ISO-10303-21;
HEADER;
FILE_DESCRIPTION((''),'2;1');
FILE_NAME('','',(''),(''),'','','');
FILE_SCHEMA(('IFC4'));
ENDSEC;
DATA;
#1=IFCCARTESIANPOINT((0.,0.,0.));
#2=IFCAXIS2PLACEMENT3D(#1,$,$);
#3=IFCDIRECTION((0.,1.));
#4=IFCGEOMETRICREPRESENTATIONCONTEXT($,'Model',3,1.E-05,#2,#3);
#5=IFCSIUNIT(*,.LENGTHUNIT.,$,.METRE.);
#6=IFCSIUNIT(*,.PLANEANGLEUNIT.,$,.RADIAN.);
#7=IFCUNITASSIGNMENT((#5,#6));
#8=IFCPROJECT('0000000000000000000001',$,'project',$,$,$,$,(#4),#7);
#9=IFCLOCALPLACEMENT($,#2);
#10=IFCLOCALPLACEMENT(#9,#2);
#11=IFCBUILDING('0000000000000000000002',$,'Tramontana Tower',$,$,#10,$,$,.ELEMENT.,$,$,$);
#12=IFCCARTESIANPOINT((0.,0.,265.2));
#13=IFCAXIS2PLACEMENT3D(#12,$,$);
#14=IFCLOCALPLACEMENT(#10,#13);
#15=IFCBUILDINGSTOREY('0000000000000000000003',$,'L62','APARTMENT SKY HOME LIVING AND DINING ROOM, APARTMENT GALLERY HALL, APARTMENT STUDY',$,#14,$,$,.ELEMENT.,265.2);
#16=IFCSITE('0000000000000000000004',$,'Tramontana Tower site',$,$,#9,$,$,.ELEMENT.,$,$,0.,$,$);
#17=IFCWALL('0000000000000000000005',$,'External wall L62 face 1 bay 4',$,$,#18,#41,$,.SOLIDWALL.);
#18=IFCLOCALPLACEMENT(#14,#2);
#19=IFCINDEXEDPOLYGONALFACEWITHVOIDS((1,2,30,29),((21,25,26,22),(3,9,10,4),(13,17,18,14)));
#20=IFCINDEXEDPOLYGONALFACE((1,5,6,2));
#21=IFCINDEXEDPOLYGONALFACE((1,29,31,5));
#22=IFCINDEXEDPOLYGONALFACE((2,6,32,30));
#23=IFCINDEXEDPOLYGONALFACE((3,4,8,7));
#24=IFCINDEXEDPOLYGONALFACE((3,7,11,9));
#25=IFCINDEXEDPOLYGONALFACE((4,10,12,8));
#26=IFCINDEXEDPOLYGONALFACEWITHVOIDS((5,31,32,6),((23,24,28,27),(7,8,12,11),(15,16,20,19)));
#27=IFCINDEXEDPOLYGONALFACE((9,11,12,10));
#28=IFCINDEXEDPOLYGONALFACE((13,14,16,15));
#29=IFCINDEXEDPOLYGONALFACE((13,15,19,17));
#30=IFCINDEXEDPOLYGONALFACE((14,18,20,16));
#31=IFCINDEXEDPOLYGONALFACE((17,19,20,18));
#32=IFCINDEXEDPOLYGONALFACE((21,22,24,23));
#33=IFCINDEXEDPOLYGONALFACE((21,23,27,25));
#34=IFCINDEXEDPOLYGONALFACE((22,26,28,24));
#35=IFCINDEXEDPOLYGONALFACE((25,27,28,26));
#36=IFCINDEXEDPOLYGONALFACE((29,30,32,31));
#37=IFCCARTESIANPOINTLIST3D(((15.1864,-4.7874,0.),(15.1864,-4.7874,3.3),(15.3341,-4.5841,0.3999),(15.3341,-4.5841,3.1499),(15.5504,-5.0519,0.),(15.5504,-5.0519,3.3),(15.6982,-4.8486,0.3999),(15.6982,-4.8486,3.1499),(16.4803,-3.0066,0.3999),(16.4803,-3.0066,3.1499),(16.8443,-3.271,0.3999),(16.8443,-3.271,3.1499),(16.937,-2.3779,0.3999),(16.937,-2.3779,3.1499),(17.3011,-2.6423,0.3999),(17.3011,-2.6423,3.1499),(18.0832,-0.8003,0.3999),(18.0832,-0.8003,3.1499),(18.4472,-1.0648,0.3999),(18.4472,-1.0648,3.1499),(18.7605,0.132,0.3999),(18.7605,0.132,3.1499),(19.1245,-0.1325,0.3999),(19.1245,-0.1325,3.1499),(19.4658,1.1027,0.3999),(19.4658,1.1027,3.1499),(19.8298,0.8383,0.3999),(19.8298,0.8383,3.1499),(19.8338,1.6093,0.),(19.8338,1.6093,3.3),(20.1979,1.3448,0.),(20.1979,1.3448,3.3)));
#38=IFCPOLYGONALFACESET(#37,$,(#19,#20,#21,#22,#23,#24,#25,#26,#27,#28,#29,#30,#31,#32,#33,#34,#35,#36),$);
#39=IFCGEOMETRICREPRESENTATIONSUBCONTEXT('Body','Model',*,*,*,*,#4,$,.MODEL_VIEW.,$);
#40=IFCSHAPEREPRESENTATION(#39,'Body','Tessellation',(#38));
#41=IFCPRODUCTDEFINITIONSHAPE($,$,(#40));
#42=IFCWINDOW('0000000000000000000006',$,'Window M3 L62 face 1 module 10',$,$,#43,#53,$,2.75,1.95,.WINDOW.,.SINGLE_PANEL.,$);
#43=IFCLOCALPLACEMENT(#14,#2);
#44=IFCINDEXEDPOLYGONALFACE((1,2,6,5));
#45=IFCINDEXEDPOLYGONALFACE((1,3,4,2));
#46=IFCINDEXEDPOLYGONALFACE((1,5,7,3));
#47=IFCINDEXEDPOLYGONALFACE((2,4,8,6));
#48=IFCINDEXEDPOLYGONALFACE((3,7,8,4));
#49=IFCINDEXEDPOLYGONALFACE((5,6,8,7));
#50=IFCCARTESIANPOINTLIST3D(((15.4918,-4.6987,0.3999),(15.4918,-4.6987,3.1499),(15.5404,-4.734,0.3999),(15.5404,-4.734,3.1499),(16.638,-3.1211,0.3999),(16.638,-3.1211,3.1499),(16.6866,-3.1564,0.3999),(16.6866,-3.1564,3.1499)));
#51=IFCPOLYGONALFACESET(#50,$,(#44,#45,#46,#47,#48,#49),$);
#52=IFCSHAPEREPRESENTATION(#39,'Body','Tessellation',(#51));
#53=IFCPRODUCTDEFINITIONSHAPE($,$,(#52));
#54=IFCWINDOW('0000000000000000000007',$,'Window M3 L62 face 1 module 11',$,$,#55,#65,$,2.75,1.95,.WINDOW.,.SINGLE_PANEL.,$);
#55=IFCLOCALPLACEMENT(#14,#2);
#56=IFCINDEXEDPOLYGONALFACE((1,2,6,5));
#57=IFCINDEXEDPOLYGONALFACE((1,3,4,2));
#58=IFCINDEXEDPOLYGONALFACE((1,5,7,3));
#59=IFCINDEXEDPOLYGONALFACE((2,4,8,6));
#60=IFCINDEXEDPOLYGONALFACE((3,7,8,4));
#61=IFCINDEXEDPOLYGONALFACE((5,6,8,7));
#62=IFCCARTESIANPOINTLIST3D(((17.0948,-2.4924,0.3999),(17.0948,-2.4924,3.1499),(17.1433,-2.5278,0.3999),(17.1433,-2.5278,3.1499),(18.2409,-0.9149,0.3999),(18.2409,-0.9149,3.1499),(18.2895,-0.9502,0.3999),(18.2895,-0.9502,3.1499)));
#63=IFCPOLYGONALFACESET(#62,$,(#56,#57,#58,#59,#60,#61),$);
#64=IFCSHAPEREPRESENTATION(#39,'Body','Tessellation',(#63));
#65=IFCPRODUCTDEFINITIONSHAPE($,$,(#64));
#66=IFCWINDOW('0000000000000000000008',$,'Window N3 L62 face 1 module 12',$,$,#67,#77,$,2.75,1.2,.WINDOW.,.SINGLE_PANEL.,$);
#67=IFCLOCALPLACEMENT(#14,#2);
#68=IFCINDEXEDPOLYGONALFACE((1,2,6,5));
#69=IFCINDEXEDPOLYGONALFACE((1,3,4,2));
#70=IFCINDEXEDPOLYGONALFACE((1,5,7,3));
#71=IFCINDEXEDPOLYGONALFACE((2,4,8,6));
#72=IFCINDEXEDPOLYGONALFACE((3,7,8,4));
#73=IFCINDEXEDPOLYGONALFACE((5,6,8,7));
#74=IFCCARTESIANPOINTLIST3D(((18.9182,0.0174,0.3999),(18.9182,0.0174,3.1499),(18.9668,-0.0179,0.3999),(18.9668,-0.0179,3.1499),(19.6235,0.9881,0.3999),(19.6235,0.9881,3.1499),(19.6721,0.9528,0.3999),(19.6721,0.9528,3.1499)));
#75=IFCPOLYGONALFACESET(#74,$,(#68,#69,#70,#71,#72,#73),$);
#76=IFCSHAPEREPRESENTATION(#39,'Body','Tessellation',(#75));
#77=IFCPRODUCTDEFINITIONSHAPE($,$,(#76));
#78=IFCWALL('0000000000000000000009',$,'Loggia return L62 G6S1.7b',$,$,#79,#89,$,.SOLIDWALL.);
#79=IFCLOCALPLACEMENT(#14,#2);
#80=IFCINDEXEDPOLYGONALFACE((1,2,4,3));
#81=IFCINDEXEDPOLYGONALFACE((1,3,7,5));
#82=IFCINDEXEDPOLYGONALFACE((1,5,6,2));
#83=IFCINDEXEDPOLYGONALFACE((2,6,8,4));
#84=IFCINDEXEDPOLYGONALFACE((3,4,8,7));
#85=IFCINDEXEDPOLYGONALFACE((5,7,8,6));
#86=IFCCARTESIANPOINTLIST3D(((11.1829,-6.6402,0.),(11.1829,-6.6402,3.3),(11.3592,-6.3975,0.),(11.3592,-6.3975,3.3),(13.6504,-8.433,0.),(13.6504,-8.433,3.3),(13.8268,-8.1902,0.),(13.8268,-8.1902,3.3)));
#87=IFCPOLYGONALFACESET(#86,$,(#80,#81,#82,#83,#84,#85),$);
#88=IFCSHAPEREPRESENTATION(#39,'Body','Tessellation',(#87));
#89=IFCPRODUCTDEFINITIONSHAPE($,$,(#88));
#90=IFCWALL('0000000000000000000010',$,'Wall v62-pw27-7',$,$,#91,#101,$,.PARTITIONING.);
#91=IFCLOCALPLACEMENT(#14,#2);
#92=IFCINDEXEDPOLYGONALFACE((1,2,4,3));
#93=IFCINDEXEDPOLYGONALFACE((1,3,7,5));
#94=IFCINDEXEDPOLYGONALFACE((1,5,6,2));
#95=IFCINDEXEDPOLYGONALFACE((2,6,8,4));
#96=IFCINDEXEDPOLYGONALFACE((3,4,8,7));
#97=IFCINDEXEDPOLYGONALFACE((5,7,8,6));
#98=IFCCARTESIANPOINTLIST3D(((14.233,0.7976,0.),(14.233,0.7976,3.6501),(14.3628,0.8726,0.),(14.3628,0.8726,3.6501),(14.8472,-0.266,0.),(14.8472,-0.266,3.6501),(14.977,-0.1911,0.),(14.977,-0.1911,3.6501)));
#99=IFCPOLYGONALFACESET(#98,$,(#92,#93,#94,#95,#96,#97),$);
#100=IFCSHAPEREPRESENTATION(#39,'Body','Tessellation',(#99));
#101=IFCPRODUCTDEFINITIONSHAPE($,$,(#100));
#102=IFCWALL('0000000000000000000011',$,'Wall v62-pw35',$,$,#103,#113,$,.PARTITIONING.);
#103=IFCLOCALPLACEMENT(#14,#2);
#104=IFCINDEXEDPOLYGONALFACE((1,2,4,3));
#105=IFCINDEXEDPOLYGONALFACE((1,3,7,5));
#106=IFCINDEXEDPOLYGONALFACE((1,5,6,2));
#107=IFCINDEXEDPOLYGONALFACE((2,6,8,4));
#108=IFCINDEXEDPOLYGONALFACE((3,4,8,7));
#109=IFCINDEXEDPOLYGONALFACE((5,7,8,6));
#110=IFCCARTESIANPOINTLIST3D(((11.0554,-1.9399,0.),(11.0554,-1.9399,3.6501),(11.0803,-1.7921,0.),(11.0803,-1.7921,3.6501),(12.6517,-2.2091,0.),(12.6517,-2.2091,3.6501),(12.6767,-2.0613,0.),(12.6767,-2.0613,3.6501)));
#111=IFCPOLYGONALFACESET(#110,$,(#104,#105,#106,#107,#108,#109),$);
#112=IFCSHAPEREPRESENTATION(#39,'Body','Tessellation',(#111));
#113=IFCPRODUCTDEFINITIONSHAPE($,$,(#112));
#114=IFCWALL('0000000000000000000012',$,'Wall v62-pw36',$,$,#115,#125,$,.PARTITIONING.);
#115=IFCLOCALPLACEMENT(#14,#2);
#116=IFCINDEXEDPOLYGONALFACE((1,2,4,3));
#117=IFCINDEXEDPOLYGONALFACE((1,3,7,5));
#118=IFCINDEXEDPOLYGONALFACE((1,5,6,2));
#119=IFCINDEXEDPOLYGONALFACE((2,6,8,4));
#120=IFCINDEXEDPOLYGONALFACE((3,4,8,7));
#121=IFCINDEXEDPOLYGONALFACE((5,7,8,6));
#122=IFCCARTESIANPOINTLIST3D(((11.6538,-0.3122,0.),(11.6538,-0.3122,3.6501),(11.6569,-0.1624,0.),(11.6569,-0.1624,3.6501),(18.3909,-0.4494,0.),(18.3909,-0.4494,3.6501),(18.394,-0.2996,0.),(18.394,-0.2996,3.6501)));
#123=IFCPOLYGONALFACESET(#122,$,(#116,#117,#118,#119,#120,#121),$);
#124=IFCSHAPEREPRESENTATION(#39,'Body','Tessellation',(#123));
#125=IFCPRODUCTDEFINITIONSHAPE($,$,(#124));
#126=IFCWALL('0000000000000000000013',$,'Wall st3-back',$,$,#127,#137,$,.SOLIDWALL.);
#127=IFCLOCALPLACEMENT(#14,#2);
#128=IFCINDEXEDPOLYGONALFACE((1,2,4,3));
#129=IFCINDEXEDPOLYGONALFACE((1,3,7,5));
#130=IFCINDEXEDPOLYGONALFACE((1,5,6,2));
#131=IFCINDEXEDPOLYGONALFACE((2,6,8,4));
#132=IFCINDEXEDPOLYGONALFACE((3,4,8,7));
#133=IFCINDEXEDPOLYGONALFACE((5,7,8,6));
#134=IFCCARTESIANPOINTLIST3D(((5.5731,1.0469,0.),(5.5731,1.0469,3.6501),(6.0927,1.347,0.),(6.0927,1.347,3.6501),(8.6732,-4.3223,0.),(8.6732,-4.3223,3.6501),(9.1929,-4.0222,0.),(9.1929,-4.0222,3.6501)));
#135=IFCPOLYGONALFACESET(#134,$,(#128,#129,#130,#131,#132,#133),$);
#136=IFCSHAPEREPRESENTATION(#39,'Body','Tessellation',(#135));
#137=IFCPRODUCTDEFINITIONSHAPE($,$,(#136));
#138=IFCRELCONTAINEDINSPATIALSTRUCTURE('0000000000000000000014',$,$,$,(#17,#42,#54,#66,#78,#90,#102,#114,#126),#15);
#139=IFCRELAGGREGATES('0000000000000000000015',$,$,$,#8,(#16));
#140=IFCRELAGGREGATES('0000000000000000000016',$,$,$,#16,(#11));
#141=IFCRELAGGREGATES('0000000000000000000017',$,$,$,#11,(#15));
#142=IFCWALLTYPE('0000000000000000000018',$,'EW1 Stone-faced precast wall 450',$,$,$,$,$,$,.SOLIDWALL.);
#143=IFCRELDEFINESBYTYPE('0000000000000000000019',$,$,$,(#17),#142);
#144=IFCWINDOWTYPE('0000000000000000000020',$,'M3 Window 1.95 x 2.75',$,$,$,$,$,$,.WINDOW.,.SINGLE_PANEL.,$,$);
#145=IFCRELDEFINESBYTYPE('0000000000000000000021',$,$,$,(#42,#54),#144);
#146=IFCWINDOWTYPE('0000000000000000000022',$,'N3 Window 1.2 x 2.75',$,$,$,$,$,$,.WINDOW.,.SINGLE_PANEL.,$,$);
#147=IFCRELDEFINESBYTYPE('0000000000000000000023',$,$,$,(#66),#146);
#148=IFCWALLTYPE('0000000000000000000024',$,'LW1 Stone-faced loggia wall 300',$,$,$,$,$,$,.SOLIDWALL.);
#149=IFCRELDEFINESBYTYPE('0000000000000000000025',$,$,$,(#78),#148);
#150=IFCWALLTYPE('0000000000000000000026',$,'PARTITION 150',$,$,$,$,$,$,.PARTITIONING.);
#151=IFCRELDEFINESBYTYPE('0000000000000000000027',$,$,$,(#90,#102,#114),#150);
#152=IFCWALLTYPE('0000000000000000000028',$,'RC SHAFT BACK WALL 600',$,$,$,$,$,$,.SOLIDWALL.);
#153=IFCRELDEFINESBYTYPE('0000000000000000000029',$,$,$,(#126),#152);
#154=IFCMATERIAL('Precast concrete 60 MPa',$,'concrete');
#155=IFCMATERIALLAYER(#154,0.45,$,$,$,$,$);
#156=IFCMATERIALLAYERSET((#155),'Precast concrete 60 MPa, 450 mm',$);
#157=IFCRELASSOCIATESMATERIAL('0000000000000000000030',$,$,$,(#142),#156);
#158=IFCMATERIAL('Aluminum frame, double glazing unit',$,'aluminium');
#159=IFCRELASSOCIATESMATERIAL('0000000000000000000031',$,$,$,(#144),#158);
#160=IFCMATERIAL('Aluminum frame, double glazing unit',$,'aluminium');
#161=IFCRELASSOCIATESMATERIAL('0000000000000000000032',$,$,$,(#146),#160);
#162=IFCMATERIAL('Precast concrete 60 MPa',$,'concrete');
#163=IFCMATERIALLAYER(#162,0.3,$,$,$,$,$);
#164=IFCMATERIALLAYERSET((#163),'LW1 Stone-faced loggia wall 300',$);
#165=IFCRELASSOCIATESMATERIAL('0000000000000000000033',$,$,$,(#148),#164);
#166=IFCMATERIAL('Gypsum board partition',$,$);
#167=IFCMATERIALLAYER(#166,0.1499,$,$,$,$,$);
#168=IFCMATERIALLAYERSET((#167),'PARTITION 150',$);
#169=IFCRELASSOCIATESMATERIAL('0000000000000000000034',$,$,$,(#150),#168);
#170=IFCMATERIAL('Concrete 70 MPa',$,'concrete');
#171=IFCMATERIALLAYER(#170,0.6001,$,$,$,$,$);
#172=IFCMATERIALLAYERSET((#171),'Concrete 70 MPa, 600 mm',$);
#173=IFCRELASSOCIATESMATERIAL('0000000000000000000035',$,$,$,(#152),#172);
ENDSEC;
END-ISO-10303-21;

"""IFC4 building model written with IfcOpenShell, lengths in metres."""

from ifc_helpers import new_model, si_unit, direction, frame, frame_2d, origin, place, context, subcontext, project, spatial, rectangle, extrude, material, layer, layer_set, type_object, element, fill, save


model = new_model("IFC4")

# Units and contexts
model_context = context("Model", 3, precision=1e-05, world=origin(), true_north=direction((0.0, 1.0)))
body_context = subcontext(model_context, "Body", "Model", "MODEL_VIEW")
ifc_project = project(units=[si_unit("LENGTHUNIT", "METRE"), si_unit("PLANEANGLEUNIT", "RADIAN")], contexts=[model_context])

# Site, building, storey
site_placement = place(None, origin())
site = spatial("IfcSite", under=ifc_project, at=site_placement, Name="Tramontana Tower site", CompositionType="ELEMENT", RefElevation=0.0)
building_placement = place(site_placement, origin())
building = spatial("IfcBuilding", under=site, at=building_placement, Name="Tramontana Tower", CompositionType="ELEMENT")
storey_placement = place(building_placement, frame((0.0, 0.0, 265.2)))
storey = spatial("IfcBuildingStorey", under=building, at=storey_placement, Name="L62", Description="APARTMENT SKY HOME LIVING AND DINING ROOM, APARTMENT GALLERY HALL, APARTMENT STUDY", CompositionType="ELEMENT", Elevation=265.2)

# Shared definitions
ifc_material_1 = material(Name="Precast concrete 60 MPa", Category="concrete")
ifc_layer_1 = layer(ifc_material_1, 0.45)
ifc_layer_set_1 = layer_set([ifc_layer_1], Name="Precast concrete 60 MPa, 450 mm")
wall_type_1 = type_object("IfcWallType", Name="EW1 Stone-faced precast wall 450", PredefinedType="SOLIDWALL", material=ifc_layer_set_1)
ifc_material_2 = material(Name="Aluminum frame, double glazing unit", Category="aluminium")
window_type_1 = type_object("IfcWindowType", Name="M3 Window 1.95 x 2.75", PartitioningType="SINGLE_PANEL", PredefinedType="WINDOW", material=ifc_material_2)

# Wall, openings, windows
wall_1_placement = place(storey_placement, frame((15.3684, -4.9197, 0.0), z_axis=(0.0, 0.0, 1.0), x_axis=(0.587782, 0.809019, 0.0)))
wall_1 = element("IfcWall", 1, at=wall_1_placement, inside=storey, type_object=wall_type_1, Name="External wall L62 face 1 bay 4", PredefinedType="SOLIDWALL", context=body_context, shape_type="SweptSolid", body=[
    extrude(rectangle(XDim=7.9067, YDim=0.45, at=frame_2d((3.9534, 0.0))), origin(), (0.0, 0.0, 1.0), 3.3),
])
opening_1_placement = place(wall_1_placement, frame((0.2512, 0.0, 0.3999)))
opening_1 = element("IfcOpeningElement", 2, at=opening_1_placement, cuts=wall_1, PredefinedType="OPENING", context=body_context, shape_type="SweptSolid", body=[
    extrude(rectangle(XDim=1.95, YDim=2.75, at=frame_2d((0.9751, 1.375))), frame((0.0, 0.2349, 0.0), z_axis=(0.0, -1.0, 0.0), x_axis=(1.0, 0.0, 0.0)), (0.0, 0.0, 1.0), 0.47),
])
opening_2_placement = place(wall_1_placement, frame((2.9783, 0.0, 0.3999)))
opening_2 = element("IfcOpeningElement", 3, at=opening_2_placement, cuts=wall_1, PredefinedType="OPENING", context=body_context, shape_type="SweptSolid", body=[
    extrude(rectangle(XDim=1.95, YDim=2.75, at=frame_2d((0.9751, 1.375))), frame((0.0, 0.2349, 0.0), z_axis=(0.0, -1.0, 0.0), x_axis=(1.0, 0.0, 0.0)), (0.0, 0.0, 1.0), 0.47),
])
opening_3_placement = place(wall_1_placement, frame((6.0806, 0.0, 0.3999)))
opening_3 = element("IfcOpeningElement", 4, at=opening_3_placement, cuts=wall_1, PredefinedType="OPENING", context=body_context, shape_type="SweptSolid", body=[
    extrude(rectangle(XDim=1.2, YDim=2.75, at=frame_2d((0.6001, 1.375))), frame((0.0, 0.2349, 0.0), z_axis=(0.0, -1.0, 0.0), x_axis=(1.0, 0.0, 0.0)), (0.0, 0.0, 1.0), 0.47),
])
window_1_placement = place(opening_1_placement, origin())
window_1 = element("IfcWindow", 5, at=window_1_placement, inside=storey, type_object=window_type_1, Name="Window M3 L62 face 1 module 10", OverallHeight=2.75, OverallWidth=1.95, PartitioningType="SINGLE_PANEL", PredefinedType="WINDOW", context=body_context, shape_type="SweptSolid", body=[
    extrude(rectangle(XDim=1.95, YDim=2.75, at=frame_2d((0.9751, 1.375))), frame((0.0, 0.03, 0.0), z_axis=(0.0, -1.0, 0.0), x_axis=(1.0, 0.0, 0.0)), (0.0, 0.0, 1.0), 0.0601),
])
fill(opening_1, window_1)
window_2_placement = place(opening_2_placement, origin())
window_2 = element("IfcWindow", 6, at=window_2_placement, inside=storey, type_object=window_type_1, Name="Window M3 L62 face 1 module 11", OverallHeight=2.75, OverallWidth=1.95, PartitioningType="SINGLE_PANEL", PredefinedType="WINDOW", context=body_context, shape_type="SweptSolid", body=[
    extrude(rectangle(XDim=1.95, YDim=2.75, at=frame_2d((0.9751, 1.375))), frame((0.0, 0.03, 0.0), z_axis=(0.0, -1.0, 0.0), x_axis=(1.0, 0.0, 0.0)), (0.0, 0.0, 1.0), 0.0601),
])
fill(opening_2, window_2)
ifc_material_3 = material(Name="Aluminum frame, double glazing unit", Category="aluminium")
window_type_2 = type_object("IfcWindowType", Name="N3 Window 1.2 x 2.75", PartitioningType="SINGLE_PANEL", PredefinedType="WINDOW", material=ifc_material_3)
window_3_placement = place(opening_3_placement, origin())
window_3 = element("IfcWindow", 7, at=window_3_placement, inside=storey, type_object=window_type_2, Name="Window N3 L62 face 1 module 12", OverallHeight=2.75, OverallWidth=1.2, PartitioningType="SINGLE_PANEL", PredefinedType="WINDOW", context=body_context, shape_type="SweptSolid", body=[
    extrude(rectangle(XDim=1.2, YDim=2.75, at=frame_2d((0.6001, 1.375))), frame((0.0, 0.03, 0.0), z_axis=(0.0, -1.0, 0.0), x_axis=(1.0, 0.0, 0.0)), (0.0, 0.0, 1.0), 0.0601),
])
fill(opening_3, window_3)

# Wall
ifc_material_4 = material(Name="Precast concrete 60 MPa", Category="concrete")
ifc_layer_2 = layer(ifc_material_4, 0.3)
ifc_layer_set_2 = layer_set([ifc_layer_2], Name="LW1 Stone-faced loggia wall 300")
wall_type_2 = type_object("IfcWallType", Name="LW1 Stone-faced loggia wall 300", PredefinedType="SOLIDWALL", material=ifc_layer_set_2)
wall_2_placement = place(storey_placement, frame((13.7385, -8.3115, 0.0), z_axis=(0.0, 0.0, 1.0), x_axis=(-0.809023, 0.587777, 0.0)))
element("IfcWall", 8, at=wall_2_placement, inside=storey, type_object=wall_type_2, Name="Loggia return L62 G6S1.7b", PredefinedType="SOLIDWALL", context=body_context, shape_type="SweptSolid", body=[
    extrude(rectangle(XDim=3.05, YDim=0.3, at=frame_2d((1.5249, 0.0))), origin(), (0.0, 0.0, 1.0), 3.3),
])

# Shared definitions
ifc_material_5 = material(Name="Gypsum board partition")
ifc_layer_3 = layer(ifc_material_5, 0.1499)
ifc_layer_set_3 = layer_set([ifc_layer_3], Name="PARTITION 150")
wall_type_3 = type_object("IfcWallType", Name="PARTITION 150", PredefinedType="PARTITIONING", material=ifc_layer_set_3)

# Walls
wall_3_placement = place(storey_placement, frame((14.2979, 0.8352, 0.0), z_axis=(0.0, 0.0, 1.0), x_axis=(0.500072, -0.865984, 0.0)))
element("IfcWall", 9, at=wall_3_placement, inside=storey, type_object=wall_type_3, Name="Wall v62-pw27-7", PredefinedType="PARTITIONING", context=body_context, shape_type="SweptSolid", body=[
    extrude(rectangle(XDim=1.2283, YDim=0.1499, at=frame_2d((0.6143, 0.0))), origin(), (0.0, 0.0, 1.0), 3.6501),
])
wall_4_placement = place(storey_placement, frame((12.6643, -2.1353, 0.0), z_axis=(0.0, 0.0, 1.0), x_axis=(-0.98607, 0.166331, 0.0)))
element("IfcWall", 10, at=wall_4_placement, inside=storey, type_object=wall_type_3, Name="Wall v62-pw35", PredefinedType="PARTITIONING", context=body_context, shape_type="SweptSolid", body=[
    extrude(rectangle(XDim=1.6189, YDim=0.1499, at=frame_2d((0.8096, 0.0))), origin(), (0.0, 0.0, 1.0), 3.6501),
])
wall_5_placement = place(storey_placement, frame((18.3923, -0.3745, 0.0), z_axis=(0.0, 0.0, 1.0), x_axis=(-0.999793, 0.020362, 0.0)))
element("IfcWall", 11, at=wall_5_placement, inside=storey, type_object=wall_type_3, Name="Wall v62-pw36", PredefinedType="PARTITIONING", context=body_context, shape_type="SweptSolid", body=[
    extrude(rectangle(XDim=6.7385, YDim=0.1499, at=frame_2d((3.3691, 0.0))), origin(), (0.0, 0.0, 1.0), 3.6501),
])
ifc_material_6 = material(Name="Concrete 70 MPa", Category="concrete")
ifc_layer_4 = layer(ifc_material_6, 0.6001)
ifc_layer_set_4 = layer_set([ifc_layer_4], Name="Concrete 70 MPa, 600 mm")
wall_type_4 = type_object("IfcWallType", Name="RC SHAFT BACK WALL 600", PredefinedType="SOLIDWALL", material=ifc_layer_set_4)
wall_6_placement = place(storey_placement, frame((8.9331, -4.1724, 0.0), z_axis=(0.0, 0.0, 1.0), x_axis=(-0.500027, 0.86601, 0.0)))
element("IfcWall", 12, at=wall_6_placement, inside=storey, type_object=wall_type_4, Name="Wall st3-back", PredefinedType="SOLIDWALL", context=body_context, shape_type="SweptSolid", body=[
    extrude(rectangle(XDim=6.2, YDim=0.6001, at=frame_2d((3.1001, 0.0))), origin(), (0.0, 0.0, 1.0), 3.6501),
])

save(model, "model.ifc")
